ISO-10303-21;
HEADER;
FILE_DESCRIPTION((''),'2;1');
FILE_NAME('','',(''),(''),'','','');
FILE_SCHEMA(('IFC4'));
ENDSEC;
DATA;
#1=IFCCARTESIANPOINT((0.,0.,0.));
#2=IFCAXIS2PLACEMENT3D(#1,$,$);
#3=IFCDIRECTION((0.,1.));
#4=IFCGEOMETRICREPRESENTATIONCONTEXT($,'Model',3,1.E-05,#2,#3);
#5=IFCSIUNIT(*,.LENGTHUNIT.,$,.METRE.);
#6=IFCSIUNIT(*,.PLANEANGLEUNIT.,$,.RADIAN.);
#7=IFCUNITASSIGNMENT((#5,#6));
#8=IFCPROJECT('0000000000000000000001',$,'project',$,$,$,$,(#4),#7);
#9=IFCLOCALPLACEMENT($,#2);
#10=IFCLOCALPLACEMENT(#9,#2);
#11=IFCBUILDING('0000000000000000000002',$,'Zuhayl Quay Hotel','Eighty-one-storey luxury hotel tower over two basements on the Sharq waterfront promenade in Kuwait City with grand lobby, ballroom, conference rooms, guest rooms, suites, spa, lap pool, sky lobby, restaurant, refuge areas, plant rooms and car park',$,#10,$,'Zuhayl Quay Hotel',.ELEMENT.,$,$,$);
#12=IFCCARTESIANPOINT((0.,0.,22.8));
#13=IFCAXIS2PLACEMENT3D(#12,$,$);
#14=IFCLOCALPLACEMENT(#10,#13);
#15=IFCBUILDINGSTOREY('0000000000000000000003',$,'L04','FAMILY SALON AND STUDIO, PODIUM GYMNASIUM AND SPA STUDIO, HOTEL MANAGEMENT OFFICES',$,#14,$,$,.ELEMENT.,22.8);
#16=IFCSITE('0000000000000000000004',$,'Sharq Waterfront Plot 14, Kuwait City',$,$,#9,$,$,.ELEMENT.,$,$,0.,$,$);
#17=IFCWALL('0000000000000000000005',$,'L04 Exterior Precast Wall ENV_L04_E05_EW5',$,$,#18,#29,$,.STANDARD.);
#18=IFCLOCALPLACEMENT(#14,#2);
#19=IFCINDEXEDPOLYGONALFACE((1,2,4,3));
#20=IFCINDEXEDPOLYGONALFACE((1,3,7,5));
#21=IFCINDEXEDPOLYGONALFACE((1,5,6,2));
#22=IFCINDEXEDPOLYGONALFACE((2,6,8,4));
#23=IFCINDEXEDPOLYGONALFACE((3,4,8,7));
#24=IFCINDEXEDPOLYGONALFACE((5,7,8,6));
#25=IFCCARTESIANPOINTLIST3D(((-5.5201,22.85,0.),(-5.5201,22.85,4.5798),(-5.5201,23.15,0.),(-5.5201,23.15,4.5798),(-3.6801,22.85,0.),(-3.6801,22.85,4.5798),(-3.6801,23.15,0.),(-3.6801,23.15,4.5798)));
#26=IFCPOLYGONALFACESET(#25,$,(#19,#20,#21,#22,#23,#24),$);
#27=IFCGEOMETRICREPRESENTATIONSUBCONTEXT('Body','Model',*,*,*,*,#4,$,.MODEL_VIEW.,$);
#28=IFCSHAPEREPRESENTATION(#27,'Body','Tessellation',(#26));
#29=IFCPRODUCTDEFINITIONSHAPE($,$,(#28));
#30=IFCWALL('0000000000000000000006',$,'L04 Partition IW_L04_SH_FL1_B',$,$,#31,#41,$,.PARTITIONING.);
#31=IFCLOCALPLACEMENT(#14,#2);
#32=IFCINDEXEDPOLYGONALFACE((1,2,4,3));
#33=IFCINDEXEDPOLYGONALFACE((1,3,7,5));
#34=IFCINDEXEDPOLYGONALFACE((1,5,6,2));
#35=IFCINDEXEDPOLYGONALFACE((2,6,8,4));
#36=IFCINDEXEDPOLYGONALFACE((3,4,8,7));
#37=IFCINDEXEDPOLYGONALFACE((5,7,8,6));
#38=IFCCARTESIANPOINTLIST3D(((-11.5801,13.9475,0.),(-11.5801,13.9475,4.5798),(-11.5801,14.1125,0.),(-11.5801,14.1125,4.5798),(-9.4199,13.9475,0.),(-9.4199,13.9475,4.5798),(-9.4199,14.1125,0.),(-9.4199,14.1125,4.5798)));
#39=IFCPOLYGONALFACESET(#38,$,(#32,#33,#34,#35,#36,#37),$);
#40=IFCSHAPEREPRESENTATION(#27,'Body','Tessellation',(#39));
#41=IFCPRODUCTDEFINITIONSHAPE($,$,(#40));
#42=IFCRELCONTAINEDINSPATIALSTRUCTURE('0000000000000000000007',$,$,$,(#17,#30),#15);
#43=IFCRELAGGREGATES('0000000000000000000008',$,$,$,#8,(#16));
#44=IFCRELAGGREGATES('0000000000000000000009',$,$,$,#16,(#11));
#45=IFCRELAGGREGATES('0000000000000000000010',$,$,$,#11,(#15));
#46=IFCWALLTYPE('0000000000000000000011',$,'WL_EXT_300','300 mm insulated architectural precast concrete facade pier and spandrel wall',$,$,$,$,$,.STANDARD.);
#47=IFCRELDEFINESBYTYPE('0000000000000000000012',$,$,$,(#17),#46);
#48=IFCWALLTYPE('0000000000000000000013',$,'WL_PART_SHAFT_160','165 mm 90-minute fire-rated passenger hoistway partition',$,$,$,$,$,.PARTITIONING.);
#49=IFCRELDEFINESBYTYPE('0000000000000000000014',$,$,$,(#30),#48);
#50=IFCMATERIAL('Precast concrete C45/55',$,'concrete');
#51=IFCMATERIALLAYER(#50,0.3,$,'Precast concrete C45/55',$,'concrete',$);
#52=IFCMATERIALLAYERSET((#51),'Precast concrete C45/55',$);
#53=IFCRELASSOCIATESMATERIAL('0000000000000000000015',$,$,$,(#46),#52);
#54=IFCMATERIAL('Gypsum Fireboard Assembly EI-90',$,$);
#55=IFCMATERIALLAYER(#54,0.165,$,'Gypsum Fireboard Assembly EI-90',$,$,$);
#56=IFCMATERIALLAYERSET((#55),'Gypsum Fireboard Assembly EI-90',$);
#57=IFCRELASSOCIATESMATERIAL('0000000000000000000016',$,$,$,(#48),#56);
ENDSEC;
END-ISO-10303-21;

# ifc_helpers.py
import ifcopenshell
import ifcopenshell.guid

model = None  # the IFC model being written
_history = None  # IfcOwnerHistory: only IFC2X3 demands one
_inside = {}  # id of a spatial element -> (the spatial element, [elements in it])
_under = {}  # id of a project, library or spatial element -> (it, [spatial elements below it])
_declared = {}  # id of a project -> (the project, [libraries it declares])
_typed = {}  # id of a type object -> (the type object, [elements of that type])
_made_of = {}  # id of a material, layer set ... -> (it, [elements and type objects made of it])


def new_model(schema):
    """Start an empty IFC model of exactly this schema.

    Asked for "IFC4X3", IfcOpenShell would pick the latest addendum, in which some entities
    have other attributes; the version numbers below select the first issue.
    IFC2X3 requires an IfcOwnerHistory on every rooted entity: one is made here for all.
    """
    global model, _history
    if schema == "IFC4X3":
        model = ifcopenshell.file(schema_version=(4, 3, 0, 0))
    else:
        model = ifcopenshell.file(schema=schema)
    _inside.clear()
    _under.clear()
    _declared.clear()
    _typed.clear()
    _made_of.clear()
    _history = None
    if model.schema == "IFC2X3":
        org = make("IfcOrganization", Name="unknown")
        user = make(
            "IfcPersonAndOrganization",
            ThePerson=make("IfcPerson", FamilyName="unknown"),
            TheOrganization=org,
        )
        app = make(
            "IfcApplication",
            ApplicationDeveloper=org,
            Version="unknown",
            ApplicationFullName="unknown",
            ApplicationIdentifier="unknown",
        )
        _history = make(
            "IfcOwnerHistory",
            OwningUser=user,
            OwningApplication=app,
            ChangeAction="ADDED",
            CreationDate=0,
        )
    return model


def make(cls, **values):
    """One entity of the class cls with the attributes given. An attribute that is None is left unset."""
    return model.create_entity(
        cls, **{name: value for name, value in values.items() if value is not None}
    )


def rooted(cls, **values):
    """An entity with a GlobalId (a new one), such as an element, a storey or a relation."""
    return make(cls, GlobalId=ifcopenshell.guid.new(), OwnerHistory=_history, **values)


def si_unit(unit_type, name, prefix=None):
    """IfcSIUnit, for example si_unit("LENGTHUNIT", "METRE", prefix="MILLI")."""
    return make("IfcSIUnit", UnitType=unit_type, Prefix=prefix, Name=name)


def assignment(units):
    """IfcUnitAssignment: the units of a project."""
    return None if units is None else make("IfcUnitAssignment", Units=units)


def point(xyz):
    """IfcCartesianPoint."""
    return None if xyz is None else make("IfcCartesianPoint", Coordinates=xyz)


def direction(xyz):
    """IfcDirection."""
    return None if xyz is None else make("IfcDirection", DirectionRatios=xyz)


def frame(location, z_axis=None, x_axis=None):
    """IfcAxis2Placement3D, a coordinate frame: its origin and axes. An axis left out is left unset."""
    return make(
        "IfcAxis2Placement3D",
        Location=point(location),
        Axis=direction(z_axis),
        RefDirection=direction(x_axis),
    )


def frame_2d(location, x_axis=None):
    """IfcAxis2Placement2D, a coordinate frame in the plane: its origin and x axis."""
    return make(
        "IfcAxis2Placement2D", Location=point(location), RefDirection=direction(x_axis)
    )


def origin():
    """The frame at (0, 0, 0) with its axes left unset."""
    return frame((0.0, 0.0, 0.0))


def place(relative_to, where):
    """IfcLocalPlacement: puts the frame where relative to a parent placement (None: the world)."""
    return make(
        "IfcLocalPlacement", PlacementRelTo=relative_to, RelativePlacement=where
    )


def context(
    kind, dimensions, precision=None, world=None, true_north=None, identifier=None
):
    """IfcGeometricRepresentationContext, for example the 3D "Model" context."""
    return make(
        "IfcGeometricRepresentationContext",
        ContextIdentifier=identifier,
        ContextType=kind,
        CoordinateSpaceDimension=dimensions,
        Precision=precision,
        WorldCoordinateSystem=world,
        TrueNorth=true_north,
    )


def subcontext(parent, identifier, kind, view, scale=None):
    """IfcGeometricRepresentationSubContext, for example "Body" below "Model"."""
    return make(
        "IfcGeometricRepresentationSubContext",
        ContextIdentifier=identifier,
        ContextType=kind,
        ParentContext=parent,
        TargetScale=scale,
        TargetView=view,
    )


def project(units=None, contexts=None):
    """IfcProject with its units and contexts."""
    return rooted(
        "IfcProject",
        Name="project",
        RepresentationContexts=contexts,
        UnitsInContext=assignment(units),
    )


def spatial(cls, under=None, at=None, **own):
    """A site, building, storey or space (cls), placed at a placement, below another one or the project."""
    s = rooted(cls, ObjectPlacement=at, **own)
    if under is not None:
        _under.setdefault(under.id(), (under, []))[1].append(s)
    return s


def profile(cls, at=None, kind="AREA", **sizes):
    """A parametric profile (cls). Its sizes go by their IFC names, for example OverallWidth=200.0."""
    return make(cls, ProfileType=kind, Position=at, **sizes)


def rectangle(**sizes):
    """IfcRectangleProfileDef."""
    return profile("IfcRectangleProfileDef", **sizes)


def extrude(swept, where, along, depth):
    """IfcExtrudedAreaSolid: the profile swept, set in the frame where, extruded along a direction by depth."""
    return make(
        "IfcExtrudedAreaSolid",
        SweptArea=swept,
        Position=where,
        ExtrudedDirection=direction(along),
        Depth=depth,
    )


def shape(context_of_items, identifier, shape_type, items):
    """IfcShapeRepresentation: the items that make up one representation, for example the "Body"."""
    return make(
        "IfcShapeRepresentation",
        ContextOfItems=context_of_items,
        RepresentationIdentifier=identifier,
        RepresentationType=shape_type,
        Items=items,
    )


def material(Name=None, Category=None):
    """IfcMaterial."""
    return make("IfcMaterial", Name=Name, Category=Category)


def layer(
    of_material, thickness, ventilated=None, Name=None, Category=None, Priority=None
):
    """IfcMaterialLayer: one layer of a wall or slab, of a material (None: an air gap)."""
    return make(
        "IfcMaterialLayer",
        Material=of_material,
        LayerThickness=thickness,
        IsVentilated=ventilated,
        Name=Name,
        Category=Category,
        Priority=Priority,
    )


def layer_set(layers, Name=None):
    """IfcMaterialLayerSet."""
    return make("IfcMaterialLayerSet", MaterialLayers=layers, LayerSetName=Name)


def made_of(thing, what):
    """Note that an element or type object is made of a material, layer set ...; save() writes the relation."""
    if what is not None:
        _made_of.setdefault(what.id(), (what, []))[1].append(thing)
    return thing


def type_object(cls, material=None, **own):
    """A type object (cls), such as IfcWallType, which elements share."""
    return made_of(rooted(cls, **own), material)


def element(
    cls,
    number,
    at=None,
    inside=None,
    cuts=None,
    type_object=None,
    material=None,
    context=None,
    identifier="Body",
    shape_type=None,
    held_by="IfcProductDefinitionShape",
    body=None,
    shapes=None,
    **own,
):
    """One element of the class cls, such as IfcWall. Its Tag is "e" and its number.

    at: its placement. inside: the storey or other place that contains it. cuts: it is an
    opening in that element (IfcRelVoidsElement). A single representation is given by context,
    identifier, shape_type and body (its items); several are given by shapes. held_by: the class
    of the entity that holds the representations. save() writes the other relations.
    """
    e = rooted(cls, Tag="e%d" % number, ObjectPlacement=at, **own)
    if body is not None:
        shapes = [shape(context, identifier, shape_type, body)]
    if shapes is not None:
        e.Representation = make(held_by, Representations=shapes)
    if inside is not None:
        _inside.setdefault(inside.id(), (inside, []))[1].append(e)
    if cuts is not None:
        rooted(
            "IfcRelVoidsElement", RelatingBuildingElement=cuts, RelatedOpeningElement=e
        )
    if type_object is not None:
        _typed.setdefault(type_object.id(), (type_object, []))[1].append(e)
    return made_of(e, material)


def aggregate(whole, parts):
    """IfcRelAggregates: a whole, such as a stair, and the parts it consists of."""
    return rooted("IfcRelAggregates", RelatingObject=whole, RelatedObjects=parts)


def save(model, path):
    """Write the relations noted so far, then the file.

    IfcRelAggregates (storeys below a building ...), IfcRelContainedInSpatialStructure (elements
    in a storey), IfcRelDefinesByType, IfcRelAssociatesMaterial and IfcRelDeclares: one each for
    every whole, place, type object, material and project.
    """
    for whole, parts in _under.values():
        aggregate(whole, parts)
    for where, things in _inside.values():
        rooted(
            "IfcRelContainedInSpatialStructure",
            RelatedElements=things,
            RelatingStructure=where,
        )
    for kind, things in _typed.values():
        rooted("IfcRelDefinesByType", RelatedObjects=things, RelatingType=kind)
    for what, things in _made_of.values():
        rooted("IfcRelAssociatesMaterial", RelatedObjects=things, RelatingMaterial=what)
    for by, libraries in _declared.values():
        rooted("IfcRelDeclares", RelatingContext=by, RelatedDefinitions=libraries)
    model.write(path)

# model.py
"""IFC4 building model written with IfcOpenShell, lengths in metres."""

from ifc_helpers import new_model, si_unit, direction, frame, frame_2d, origin, place, context, subcontext, project, spatial, rectangle, extrude, material, layer, layer_set, type_object, element, save


model = new_model("IFC4")

# Units and contexts
model_context = context("Model", 3, precision=1e-05, world=origin(), true_north=direction((0.0, 1.0)))
body_context = subcontext(model_context, "Body", "Model", "MODEL_VIEW")
ifc_project = project(units=[si_unit("LENGTHUNIT", "METRE"), si_unit("PLANEANGLEUNIT", "RADIAN")], contexts=[model_context])

# Site, building, storey
site_placement = place(None, origin())
site = spatial("IfcSite", under=ifc_project, at=site_placement, Name="Sharq Waterfront Plot 14, Kuwait City", CompositionType="ELEMENT", RefElevation=0.0)
building_placement = place(site_placement, origin())
building = spatial("IfcBuilding", under=site, at=building_placement, Name="Zuhayl Quay Hotel", Description="Eighty-one-storey luxury hotel tower over two basements on the Sharq waterfront promenade in Kuwait City with grand lobby, ballroom, conference rooms, guest rooms, suites, spa, lap pool, sky lobby, restaurant, refuge areas, plant rooms and car park", LongName="Zuhayl Quay Hotel", CompositionType="ELEMENT")
storey_placement = place(building_placement, frame((0.0, 0.0, 22.8)))
storey = spatial("IfcBuildingStorey", under=building, at=storey_placement, Name="L04", Description="FAMILY SALON AND STUDIO, PODIUM GYMNASIUM AND SPA STUDIO, HOTEL MANAGEMENT OFFICES", CompositionType="ELEMENT", Elevation=22.8)

# Shared definitions
ifc_material_1 = material(Name="Precast concrete C45/55", Category="concrete")
ifc_layer_1 = layer(ifc_material_1, 0.3, Name="Precast concrete C45/55", Category="concrete")
ifc_layer_set_1 = layer_set([ifc_layer_1], Name="Precast concrete C45/55")
wall_type_1 = type_object("IfcWallType", Name="WL_EXT_300", Description="300 mm insulated architectural precast concrete facade pier and spandrel wall", PredefinedType="STANDARD", material=ifc_layer_set_1)

# Walls
wall_1_placement = place(storey_placement, frame((-5.52, 23.0, 0.0), z_axis=(0.0, 0.0, 1.0), x_axis=(1.0, 0.0, 0.0)))
element("IfcWall", 1, at=wall_1_placement, inside=storey, type_object=wall_type_1, Name="L04 Exterior Precast Wall ENV_L04_E05_EW5", PredefinedType="STANDARD", context=body_context, shape_type="SweptSolid", body=[
    extrude(rectangle(XDim=1.8401, YDim=0.3, at=frame_2d((0.9199, 0.0))), origin(), (0.0, 0.0, 1.0), 4.5798),
])
ifc_material_2 = material(Name="Gypsum Fireboard Assembly EI-90")
ifc_layer_2 = layer(ifc_material_2, 0.165, Name="Gypsum Fireboard Assembly EI-90")
ifc_layer_set_2 = layer_set([ifc_layer_2], Name="Gypsum Fireboard Assembly EI-90")
wall_type_2 = type_object("IfcWallType", Name="WL_PART_SHAFT_160", Description="165 mm 90-minute fire-rated passenger hoistway partition", PredefinedType="PARTITIONING", material=ifc_layer_set_2)
wall_2_placement = place(storey_placement, frame((-11.5801, 14.03, 0.0), z_axis=(0.0, 0.0, 1.0), x_axis=(1.0, 0.0, 0.0)))
element("IfcWall", 2, at=wall_2_placement, inside=storey, type_object=wall_type_2, Name="L04 Partition IW_L04_SH_FL1_B", PredefinedType="PARTITIONING", context=body_context, shape_type="SweptSolid", body=[
    extrude(rectangle(XDim=2.1602, YDim=0.165, at=frame_2d((1.0801, 0.0))), origin(), (0.0, 0.0, 1.0), 4.5798),
])

save(model, "model.ifc")
